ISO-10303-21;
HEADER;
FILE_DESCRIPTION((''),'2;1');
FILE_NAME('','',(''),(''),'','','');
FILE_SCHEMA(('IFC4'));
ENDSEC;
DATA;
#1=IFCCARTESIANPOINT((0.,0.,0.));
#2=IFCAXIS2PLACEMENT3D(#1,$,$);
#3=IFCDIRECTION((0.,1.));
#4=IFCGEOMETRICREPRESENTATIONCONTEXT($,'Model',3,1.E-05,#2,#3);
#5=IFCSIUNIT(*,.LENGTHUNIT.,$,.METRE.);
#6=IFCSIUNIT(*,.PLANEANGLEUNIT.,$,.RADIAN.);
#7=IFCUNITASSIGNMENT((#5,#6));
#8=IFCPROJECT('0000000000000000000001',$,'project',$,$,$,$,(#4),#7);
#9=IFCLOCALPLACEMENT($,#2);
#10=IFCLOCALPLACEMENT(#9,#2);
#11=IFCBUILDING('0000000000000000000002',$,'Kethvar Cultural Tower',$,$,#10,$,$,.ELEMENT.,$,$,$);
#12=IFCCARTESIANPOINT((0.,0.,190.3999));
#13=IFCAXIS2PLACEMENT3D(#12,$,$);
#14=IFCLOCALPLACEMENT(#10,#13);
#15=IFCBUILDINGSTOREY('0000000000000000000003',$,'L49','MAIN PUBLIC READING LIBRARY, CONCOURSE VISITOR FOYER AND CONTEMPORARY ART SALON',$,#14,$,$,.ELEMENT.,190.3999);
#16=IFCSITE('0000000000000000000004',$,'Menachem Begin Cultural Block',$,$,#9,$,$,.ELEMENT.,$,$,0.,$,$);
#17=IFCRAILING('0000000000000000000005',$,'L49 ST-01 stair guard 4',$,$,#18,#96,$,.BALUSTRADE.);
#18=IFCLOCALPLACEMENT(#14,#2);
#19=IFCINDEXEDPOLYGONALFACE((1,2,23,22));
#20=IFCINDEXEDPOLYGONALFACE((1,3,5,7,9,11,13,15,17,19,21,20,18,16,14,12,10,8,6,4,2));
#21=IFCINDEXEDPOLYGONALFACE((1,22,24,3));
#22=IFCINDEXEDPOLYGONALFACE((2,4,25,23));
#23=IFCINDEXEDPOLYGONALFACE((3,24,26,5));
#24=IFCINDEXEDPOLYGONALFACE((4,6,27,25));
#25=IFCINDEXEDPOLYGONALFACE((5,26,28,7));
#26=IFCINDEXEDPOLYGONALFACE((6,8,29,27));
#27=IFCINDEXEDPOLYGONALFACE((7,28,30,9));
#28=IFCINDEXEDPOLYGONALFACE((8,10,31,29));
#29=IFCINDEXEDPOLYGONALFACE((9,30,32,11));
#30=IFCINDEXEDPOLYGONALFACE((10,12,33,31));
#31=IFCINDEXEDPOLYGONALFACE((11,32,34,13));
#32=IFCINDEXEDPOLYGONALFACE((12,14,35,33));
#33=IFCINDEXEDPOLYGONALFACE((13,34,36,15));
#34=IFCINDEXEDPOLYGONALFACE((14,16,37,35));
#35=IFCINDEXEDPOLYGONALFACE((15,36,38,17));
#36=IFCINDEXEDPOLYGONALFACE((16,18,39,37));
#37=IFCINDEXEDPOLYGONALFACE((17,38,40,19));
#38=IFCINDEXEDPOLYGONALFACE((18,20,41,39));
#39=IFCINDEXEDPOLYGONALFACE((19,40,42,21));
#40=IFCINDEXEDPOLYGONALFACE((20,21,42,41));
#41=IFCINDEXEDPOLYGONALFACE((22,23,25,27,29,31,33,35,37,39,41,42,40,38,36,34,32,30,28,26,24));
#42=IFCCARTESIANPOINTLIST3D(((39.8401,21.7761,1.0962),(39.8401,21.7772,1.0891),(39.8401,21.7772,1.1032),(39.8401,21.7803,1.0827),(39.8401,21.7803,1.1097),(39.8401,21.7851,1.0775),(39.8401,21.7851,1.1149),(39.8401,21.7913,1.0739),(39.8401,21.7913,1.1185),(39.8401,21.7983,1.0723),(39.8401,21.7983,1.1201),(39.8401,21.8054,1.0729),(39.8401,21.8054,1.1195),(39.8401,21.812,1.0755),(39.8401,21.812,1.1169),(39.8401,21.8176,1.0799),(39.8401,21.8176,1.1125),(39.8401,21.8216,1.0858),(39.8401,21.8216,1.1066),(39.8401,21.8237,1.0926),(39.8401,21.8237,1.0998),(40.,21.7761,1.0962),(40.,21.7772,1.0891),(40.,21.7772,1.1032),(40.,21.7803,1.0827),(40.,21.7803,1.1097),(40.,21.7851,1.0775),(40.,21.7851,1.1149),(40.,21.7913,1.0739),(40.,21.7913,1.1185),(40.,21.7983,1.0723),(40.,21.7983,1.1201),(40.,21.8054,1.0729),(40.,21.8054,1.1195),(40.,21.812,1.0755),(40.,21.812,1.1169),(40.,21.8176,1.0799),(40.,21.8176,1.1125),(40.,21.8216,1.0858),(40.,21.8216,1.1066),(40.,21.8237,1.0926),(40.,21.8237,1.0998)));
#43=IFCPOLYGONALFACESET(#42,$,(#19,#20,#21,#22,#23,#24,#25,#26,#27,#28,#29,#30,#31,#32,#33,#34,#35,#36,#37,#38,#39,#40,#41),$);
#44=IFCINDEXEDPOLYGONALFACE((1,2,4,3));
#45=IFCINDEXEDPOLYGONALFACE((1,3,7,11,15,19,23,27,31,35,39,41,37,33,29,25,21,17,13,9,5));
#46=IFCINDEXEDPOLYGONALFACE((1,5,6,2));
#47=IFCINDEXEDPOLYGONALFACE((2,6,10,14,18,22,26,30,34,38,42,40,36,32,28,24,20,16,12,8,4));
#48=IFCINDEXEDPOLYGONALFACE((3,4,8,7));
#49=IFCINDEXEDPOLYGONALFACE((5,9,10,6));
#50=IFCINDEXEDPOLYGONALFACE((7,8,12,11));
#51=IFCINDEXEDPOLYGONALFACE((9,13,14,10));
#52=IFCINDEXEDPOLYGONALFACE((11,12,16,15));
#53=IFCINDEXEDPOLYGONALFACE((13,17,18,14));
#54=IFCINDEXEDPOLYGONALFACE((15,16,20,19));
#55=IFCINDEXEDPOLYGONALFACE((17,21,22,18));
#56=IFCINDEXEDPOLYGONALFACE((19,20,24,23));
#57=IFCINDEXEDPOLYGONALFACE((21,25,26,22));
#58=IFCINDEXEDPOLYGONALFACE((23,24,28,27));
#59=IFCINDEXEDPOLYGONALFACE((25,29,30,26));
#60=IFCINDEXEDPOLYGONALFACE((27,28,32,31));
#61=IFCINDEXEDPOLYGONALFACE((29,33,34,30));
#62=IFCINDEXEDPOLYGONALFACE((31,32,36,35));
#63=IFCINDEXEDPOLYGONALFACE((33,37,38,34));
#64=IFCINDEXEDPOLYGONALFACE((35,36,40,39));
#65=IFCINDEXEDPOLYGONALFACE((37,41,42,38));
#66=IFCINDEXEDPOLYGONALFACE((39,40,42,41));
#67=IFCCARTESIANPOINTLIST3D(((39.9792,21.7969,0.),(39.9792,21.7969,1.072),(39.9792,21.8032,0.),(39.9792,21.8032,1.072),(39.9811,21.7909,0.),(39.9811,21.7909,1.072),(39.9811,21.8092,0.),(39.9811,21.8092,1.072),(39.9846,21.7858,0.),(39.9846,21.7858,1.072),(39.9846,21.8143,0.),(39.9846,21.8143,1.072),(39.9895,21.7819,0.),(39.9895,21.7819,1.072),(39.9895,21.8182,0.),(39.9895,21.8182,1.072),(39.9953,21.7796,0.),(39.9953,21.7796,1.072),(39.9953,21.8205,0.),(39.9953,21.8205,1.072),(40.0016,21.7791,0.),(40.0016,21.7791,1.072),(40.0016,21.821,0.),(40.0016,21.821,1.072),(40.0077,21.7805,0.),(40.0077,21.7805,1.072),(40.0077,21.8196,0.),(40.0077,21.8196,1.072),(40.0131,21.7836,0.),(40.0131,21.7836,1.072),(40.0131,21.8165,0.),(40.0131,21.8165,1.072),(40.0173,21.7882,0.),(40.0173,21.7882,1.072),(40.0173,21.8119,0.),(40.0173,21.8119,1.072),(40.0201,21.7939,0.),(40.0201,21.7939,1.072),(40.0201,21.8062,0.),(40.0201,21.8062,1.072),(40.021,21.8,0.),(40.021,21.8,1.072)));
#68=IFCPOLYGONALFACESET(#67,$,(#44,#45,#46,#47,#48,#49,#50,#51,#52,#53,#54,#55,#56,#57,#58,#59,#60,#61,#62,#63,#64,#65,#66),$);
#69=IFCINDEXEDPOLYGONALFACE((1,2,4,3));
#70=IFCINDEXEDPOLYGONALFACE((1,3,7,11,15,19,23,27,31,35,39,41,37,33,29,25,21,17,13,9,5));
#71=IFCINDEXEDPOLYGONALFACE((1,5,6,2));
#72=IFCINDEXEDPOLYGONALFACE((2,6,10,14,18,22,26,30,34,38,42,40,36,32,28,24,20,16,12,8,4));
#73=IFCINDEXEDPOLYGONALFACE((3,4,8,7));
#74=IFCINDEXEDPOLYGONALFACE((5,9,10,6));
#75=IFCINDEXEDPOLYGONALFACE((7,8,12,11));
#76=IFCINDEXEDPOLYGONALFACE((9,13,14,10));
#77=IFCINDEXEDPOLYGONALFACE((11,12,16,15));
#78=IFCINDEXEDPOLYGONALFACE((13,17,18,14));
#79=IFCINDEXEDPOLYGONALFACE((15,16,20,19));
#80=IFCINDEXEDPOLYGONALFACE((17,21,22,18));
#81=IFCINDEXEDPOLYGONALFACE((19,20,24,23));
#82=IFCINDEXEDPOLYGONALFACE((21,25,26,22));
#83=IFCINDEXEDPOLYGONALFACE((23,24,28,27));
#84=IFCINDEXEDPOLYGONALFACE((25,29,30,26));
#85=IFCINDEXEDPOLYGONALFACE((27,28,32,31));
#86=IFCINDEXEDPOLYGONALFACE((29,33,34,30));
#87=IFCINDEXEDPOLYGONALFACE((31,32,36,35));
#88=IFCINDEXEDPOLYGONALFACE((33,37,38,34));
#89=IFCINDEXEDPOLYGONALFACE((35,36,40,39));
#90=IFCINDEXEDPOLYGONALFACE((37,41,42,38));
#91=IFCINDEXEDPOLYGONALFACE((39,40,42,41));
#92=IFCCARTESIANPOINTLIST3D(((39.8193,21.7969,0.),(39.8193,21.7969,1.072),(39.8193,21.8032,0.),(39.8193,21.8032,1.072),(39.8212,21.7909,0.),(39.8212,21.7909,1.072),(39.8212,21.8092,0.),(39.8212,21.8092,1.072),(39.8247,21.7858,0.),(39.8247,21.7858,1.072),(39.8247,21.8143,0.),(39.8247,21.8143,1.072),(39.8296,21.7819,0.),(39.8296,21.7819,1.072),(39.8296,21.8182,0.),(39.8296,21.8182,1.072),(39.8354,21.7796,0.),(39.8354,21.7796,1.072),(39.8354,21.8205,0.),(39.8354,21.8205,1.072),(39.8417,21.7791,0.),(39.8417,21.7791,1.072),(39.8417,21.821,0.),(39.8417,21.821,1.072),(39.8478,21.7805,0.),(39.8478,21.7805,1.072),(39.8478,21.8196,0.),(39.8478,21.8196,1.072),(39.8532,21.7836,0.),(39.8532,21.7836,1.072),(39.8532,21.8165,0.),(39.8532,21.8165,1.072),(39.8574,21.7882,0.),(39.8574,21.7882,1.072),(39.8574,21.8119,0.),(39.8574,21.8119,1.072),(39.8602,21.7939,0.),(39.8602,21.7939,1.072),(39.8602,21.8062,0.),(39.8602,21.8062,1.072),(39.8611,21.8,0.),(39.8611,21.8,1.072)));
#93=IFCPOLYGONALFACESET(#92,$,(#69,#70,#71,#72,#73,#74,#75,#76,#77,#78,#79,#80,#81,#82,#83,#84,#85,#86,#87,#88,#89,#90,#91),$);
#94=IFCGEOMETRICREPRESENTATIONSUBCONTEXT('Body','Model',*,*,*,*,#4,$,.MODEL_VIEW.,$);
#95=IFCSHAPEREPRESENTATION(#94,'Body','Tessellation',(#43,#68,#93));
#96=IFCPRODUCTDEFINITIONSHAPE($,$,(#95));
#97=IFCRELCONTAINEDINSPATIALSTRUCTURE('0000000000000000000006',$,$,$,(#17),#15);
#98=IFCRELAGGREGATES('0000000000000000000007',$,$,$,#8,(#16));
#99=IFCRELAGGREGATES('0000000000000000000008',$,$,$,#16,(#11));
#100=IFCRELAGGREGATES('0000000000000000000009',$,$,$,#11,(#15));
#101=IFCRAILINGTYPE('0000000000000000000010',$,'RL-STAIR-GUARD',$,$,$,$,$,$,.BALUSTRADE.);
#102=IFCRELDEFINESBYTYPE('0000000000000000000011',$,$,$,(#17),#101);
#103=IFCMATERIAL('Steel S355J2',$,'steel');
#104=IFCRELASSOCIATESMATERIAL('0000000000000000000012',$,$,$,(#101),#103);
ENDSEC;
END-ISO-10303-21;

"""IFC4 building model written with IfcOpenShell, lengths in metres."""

from ifc_helpers import new_model, si_unit, direction, frame, origin, origin_2d, place, context, subcontext, project, spatial, circle, extrude, material, type_object, element, save


model = new_model("IFC4")

# Units and contexts
model_context = context("Model", 3, precision=1e-05, world=origin(), true_north=direction((0.0, 1.0)))
body_context = subcontext(model_context, "Body", "Model", "MODEL_VIEW")
ifc_project = project(units=[si_unit("LENGTHUNIT", "METRE"), si_unit("PLANEANGLEUNIT", "RADIAN")], contexts=[model_context])

# Site, building, storey
site_placement = place(None, origin())
site = spatial("IfcSite", under=ifc_project, at=site_placement, Name="Menachem Begin Cultural Block", CompositionType="ELEMENT", RefElevation=0.0)
building_placement = place(site_placement, origin())
building = spatial("IfcBuilding", under=site, at=building_placement, Name="Kethvar Cultural Tower", CompositionType="ELEMENT")
storey_placement = place(building_placement, frame((0.0, 0.0, 190.3999)))
storey = spatial("IfcBuildingStorey", under=building, at=storey_placement, Name="L49", Description="MAIN PUBLIC READING LIBRARY, CONCOURSE VISITOR FOYER AND CONTEMPORARY ART SALON", CompositionType="ELEMENT", Elevation=190.3999)

# Shared definitions
ifc_material_1 = material(Name="Steel S355J2", Category="steel")

# Railing
railing_type = type_object("IfcRailingType", Name="RL-STAIR-GUARD", PredefinedType="BALUSTRADE", material=ifc_material_1)
railing_placement = place(storey_placement, frame((40.0, 21.8, 0.0)))
element("IfcRailing", 1, at=railing_placement, inside=storey, type_object=railing_type, Name="L49 ST-01 stair guard 4", PredefinedType="BALUSTRADE", context=body_context, shape_type="SweptSolid", body=[
    extrude(circle(Radius=0.0239, at=origin_2d()), frame((0.0, 0.0, 1.0962), z_axis=(-1.0, 0.0, 0.0), x_axis=(0.0, -1.0, 0.0)), (0.0, 0.0, 1.0), 0.1599),
    extrude(circle(Radius=0.021, at=origin_2d()), origin(), (0.0, 0.0, 1.0), 1.072),
    extrude(circle(Radius=0.021, at=origin_2d()), frame((-0.1599, 0.0, 0.0)), (0.0, 0.0, 1.0), 1.072),
])

save(model, "model.ifc")
